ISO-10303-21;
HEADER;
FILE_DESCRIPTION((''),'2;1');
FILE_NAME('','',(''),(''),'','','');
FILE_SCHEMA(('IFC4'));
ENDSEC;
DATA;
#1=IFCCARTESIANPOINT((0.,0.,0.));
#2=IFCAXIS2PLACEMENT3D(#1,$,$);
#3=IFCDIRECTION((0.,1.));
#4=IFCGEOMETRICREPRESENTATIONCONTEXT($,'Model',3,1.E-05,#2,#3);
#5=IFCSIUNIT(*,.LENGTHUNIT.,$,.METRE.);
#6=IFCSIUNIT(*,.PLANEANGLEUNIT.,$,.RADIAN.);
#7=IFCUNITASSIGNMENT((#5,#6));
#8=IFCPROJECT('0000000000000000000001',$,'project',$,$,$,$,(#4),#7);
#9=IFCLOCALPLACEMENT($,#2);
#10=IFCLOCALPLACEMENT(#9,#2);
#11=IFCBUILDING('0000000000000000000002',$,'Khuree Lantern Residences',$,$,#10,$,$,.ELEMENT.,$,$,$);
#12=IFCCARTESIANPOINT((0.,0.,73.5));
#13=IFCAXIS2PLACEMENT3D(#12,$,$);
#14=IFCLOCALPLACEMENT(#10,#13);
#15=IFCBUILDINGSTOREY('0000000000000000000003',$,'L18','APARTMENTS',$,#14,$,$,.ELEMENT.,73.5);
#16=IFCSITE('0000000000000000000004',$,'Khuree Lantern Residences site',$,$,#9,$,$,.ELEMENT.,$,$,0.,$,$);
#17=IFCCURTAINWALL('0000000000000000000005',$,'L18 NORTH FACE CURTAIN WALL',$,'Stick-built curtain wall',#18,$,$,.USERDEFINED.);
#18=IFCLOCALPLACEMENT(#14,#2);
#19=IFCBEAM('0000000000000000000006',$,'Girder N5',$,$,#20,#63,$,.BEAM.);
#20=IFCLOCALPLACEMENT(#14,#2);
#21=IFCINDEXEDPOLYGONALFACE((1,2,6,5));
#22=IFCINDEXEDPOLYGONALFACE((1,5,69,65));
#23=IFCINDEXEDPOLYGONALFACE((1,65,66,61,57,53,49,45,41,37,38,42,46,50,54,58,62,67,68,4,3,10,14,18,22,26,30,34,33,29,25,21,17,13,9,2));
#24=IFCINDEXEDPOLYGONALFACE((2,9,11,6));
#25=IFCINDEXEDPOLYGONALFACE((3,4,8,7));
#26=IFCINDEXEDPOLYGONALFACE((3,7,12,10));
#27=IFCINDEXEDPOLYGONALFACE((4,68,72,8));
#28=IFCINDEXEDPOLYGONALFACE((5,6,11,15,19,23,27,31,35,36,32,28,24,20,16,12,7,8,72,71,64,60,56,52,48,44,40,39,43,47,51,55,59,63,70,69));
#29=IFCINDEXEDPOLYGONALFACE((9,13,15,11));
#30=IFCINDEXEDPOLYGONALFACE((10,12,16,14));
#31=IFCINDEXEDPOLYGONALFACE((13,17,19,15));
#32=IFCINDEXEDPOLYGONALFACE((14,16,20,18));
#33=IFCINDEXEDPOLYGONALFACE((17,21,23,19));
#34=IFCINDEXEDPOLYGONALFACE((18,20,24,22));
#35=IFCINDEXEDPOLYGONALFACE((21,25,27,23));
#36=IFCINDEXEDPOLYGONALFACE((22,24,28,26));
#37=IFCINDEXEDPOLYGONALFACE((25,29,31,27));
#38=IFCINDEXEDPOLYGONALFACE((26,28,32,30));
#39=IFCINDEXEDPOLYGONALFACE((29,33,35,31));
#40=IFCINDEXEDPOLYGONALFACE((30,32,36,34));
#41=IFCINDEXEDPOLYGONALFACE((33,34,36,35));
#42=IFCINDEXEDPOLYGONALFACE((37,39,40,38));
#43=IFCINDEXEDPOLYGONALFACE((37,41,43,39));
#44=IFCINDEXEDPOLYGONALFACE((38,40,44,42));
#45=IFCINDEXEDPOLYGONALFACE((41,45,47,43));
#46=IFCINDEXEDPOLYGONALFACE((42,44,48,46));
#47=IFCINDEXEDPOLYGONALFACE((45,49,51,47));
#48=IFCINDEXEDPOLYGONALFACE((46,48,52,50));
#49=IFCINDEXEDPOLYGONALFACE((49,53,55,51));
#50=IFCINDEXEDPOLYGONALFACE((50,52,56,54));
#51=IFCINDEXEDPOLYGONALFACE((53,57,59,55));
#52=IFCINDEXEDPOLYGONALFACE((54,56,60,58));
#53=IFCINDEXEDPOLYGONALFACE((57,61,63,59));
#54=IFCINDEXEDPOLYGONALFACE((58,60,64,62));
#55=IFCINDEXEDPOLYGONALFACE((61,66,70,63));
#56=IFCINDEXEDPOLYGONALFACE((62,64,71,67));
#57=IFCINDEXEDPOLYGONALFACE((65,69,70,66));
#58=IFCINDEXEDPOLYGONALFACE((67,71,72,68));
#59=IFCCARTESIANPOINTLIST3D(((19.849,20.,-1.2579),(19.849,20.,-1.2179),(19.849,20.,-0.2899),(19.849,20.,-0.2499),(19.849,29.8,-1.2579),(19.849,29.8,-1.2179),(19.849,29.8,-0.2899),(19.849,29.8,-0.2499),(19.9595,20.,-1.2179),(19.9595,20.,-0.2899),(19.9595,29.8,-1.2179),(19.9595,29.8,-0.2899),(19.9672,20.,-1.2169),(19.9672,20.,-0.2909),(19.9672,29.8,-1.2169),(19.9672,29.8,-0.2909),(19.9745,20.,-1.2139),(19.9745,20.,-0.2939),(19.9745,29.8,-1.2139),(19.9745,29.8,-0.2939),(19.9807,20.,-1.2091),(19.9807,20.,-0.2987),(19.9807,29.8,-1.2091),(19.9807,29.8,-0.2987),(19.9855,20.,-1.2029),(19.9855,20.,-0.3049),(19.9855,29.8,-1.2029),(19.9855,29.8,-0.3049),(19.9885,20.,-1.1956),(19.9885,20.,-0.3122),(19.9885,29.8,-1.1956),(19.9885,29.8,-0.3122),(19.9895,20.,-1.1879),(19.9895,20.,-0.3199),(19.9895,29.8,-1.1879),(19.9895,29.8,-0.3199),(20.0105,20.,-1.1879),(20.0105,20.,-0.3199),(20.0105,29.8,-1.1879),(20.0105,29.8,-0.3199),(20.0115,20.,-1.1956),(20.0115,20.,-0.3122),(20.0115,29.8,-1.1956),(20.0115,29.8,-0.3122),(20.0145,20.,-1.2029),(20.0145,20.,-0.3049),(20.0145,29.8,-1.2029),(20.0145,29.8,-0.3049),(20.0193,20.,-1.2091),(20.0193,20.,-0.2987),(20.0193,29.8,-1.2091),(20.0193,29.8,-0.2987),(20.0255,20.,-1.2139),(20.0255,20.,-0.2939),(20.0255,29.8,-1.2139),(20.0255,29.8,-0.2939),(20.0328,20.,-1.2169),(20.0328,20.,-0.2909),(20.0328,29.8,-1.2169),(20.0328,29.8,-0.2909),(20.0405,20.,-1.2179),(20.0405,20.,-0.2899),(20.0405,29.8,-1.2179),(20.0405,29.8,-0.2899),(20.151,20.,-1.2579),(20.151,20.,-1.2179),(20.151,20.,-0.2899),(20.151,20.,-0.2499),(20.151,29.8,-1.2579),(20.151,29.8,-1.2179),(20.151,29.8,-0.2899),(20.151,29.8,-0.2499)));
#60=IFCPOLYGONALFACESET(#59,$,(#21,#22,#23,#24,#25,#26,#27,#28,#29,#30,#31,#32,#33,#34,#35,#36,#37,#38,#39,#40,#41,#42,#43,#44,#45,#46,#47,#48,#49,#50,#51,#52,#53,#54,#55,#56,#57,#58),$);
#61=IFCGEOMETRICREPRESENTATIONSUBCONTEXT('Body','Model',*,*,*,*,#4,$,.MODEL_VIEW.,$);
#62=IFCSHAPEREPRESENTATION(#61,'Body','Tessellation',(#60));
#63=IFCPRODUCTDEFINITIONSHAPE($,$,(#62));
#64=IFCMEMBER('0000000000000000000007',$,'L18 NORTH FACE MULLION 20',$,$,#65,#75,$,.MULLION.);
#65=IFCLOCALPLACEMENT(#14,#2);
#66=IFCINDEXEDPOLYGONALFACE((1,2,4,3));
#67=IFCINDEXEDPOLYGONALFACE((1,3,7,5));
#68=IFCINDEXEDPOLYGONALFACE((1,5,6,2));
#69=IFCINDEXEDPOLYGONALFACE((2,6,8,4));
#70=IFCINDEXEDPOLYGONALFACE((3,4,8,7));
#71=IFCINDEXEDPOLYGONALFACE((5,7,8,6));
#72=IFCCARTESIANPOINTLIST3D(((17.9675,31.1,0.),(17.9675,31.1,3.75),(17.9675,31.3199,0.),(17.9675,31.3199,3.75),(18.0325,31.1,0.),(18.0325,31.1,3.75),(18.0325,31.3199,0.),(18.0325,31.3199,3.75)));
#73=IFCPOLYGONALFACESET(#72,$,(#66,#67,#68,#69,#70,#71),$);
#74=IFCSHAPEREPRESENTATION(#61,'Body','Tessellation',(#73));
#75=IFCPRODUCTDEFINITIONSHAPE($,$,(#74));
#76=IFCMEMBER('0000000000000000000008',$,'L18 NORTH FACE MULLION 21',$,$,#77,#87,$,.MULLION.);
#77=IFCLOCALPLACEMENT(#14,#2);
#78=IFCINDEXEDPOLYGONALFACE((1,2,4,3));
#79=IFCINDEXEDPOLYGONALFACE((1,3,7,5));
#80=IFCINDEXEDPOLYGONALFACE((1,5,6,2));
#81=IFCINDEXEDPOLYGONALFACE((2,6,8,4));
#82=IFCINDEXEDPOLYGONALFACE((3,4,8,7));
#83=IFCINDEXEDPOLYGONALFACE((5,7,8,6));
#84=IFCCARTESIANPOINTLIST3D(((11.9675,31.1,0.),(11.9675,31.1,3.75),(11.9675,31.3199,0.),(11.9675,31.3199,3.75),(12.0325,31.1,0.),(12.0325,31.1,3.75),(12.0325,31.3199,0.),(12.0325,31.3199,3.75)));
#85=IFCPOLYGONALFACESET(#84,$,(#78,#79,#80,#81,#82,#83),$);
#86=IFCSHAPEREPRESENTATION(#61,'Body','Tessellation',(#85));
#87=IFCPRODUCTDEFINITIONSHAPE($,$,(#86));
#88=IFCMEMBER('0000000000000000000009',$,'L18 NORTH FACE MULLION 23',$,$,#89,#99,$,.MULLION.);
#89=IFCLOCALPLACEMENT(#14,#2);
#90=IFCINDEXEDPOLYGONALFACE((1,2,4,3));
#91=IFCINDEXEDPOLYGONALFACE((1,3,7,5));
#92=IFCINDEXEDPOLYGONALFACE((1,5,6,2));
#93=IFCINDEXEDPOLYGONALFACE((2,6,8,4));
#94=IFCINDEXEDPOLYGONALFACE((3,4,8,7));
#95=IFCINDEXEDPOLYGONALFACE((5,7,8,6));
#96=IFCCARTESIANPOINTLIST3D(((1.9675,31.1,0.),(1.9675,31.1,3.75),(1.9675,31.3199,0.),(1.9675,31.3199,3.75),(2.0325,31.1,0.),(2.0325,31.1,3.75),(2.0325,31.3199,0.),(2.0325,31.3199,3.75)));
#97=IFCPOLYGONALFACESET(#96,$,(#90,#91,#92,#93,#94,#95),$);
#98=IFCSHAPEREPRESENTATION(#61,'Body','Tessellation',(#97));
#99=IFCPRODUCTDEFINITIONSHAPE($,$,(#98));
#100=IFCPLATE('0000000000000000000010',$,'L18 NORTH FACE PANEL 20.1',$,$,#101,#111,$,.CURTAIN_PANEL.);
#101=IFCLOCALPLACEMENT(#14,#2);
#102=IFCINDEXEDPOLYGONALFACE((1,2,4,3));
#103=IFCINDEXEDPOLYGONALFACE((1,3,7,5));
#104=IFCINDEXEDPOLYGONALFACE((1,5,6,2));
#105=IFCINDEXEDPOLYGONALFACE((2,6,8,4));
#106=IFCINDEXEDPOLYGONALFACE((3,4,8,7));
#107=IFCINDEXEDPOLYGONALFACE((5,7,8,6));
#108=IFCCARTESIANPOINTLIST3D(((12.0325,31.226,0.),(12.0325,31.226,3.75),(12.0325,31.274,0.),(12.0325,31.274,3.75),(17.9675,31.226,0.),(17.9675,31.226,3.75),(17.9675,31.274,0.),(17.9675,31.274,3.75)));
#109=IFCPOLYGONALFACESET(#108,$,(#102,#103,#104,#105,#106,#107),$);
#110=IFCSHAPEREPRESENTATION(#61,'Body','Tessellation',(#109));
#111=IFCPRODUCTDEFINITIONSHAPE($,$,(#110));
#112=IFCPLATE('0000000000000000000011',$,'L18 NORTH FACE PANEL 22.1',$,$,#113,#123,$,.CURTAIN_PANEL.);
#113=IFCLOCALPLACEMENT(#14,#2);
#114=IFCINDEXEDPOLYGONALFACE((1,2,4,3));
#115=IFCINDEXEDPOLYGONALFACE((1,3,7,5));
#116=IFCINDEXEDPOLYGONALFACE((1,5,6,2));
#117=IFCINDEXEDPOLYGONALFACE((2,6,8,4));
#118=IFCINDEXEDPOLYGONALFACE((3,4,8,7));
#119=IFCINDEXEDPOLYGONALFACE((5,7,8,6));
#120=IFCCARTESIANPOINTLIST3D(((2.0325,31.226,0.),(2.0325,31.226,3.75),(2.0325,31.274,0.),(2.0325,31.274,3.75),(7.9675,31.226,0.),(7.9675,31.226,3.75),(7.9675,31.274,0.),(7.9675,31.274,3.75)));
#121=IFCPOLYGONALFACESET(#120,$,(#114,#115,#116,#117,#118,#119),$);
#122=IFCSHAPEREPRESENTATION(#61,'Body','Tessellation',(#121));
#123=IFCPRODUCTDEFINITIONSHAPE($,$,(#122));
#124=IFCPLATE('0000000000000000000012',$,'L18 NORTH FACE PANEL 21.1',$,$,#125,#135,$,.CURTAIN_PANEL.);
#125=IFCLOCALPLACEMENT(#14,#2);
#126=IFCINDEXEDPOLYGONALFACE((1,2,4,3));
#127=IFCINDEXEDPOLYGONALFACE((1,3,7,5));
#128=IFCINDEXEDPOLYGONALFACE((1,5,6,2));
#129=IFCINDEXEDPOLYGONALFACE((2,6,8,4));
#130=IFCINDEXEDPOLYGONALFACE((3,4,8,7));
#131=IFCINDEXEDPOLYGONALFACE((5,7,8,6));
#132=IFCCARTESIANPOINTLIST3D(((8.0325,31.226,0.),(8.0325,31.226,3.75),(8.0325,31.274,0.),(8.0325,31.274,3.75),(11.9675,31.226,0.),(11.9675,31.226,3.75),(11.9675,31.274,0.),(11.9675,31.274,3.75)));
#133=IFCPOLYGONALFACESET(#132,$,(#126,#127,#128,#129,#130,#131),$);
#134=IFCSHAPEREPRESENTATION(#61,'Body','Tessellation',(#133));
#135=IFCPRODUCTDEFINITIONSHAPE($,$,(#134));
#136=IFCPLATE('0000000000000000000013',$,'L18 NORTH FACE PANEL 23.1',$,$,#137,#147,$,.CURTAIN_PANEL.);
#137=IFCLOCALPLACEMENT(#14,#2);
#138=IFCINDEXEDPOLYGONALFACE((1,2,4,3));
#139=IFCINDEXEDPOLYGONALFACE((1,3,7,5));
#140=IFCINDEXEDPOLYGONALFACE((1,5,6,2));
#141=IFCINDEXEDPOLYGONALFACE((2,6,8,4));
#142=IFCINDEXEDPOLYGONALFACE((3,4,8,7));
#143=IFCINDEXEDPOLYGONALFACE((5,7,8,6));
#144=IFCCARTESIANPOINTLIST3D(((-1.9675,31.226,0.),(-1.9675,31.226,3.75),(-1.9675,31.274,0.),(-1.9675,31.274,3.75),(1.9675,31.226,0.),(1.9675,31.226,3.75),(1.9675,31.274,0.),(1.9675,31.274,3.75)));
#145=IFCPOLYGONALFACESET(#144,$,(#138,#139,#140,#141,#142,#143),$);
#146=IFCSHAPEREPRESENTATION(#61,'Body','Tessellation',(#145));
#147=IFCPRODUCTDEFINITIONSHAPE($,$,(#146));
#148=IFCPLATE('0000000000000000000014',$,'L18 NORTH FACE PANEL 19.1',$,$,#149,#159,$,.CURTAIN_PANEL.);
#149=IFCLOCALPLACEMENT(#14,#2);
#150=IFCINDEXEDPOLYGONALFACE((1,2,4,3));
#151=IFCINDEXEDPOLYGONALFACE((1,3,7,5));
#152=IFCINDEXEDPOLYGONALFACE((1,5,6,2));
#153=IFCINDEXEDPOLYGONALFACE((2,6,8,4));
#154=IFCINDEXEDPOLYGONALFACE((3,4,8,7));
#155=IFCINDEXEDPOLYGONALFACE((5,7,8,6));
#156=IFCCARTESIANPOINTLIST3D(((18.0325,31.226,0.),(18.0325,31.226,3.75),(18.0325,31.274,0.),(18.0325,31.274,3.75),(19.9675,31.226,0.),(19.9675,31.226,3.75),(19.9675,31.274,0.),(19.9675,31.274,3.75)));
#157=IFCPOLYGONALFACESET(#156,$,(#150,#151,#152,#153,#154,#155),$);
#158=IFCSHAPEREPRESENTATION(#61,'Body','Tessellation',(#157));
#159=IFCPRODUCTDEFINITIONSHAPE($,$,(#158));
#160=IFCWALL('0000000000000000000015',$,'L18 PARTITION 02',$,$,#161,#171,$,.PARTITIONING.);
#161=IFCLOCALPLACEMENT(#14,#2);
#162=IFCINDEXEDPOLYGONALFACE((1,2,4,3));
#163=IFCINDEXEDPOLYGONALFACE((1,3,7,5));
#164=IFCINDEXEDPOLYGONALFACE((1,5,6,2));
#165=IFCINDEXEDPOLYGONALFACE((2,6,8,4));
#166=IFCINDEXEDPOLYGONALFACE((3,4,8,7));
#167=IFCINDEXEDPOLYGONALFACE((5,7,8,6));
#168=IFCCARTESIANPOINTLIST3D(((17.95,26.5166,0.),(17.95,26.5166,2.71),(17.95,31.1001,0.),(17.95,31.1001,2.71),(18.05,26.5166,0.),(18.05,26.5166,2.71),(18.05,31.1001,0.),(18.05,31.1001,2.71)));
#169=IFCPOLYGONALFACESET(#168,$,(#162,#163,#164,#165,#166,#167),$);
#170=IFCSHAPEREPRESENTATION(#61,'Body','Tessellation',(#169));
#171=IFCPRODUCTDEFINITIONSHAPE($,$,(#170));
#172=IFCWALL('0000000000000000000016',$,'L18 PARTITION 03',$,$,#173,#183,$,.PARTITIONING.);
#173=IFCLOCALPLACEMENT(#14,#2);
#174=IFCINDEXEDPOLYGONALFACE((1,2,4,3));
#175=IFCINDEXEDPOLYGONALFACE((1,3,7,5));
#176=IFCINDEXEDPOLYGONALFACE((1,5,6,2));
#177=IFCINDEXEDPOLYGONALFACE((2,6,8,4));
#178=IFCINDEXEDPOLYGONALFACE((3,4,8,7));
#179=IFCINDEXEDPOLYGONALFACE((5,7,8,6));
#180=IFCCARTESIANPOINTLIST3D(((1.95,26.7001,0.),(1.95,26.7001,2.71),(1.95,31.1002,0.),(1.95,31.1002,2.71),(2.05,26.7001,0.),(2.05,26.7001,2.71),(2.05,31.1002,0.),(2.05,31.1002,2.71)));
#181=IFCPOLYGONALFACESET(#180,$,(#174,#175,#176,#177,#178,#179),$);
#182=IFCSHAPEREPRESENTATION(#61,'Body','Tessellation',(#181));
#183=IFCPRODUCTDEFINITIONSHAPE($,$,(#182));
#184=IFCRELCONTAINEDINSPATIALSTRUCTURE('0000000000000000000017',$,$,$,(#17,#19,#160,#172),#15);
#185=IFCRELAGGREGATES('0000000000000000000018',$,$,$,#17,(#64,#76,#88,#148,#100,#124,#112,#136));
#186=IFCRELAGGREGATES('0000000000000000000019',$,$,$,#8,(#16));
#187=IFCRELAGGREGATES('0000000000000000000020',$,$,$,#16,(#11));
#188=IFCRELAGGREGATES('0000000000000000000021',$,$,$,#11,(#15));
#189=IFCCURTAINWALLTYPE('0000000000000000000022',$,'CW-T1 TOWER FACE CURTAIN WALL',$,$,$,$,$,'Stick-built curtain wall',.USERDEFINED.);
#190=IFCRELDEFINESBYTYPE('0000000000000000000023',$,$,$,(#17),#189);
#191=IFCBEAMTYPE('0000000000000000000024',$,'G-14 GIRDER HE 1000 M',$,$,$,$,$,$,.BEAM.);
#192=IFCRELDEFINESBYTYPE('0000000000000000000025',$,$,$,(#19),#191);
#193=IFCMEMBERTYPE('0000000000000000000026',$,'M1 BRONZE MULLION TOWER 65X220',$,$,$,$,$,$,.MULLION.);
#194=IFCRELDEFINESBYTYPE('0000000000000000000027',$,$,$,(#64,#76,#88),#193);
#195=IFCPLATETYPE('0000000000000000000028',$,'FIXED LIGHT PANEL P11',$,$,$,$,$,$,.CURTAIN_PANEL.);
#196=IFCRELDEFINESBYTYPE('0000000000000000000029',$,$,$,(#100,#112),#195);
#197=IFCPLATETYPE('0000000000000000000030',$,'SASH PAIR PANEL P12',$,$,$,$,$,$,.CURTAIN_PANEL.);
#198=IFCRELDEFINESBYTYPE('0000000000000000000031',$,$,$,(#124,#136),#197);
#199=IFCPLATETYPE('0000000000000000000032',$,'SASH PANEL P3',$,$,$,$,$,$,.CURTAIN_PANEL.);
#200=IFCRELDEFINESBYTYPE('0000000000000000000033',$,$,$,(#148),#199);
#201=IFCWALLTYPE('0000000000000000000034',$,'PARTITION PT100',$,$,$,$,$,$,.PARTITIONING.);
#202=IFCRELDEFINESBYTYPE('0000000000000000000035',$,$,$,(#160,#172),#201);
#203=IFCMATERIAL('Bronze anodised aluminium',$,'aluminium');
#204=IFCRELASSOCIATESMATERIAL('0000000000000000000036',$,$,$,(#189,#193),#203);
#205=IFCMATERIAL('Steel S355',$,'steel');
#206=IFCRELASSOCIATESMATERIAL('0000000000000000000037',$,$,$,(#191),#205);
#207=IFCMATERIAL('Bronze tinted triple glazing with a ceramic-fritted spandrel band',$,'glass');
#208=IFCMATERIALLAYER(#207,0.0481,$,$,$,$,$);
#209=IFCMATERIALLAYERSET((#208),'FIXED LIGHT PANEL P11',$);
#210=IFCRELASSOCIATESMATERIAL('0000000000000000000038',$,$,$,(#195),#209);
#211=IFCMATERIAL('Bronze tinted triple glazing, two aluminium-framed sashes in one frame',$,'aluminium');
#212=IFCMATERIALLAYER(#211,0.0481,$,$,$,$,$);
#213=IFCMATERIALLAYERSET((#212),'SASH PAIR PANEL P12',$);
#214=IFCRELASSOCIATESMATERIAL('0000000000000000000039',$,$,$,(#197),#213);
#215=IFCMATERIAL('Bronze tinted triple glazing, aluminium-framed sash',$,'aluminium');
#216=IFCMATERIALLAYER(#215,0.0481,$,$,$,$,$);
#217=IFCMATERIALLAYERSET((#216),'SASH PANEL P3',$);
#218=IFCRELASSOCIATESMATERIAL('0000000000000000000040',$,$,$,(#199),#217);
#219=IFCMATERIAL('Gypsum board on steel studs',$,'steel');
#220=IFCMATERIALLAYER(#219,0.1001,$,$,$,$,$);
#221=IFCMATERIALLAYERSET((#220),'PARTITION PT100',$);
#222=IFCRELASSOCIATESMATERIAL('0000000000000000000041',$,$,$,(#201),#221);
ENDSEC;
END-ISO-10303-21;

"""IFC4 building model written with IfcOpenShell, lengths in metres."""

from ifc_helpers import new_model, si_unit, direction, frame, frame_2d, origin, origin_2d, place, context, subcontext, project, spatial, rectangle, i_section, extrude, material, layer, layer_set, material_profile, profile_set, type_object, element, aggregate, save


model = new_model("IFC4")

# Units and contexts
model_context = context("Model", 3, precision=1e-05, world=origin(), true_north=direction((0.0, 1.0)))
body_context = subcontext(model_context, "Body", "Model", "MODEL_VIEW")
ifc_project = project(units=[si_unit("LENGTHUNIT", "METRE"), si_unit("PLANEANGLEUNIT", "RADIAN")], contexts=[model_context])

# Site, building, storey
site_placement = place(None, origin())
site = spatial("IfcSite", under=ifc_project, at=site_placement, Name="Khuree Lantern Residences site", CompositionType="ELEMENT", RefElevation=0.0)
building_placement = place(site_placement, origin())
building = spatial("IfcBuilding", under=site, at=building_placement, Name="Khuree Lantern Residences", CompositionType="ELEMENT")
storey_placement = place(building_placement, frame((0.0, 0.0, 73.5)))
storey = spatial("IfcBuildingStorey", under=building, at=storey_placement, Name="L18", Description="APARTMENTS", CompositionType="ELEMENT", Elevation=73.5)

# Shared definitions
ifc_material_1 = material(Name="Steel S355", Category="steel")

# Curtain wall
ifc_material_2 = material(Name="Bronze anodised aluminium", Category="aluminium")
curtain_wall_type = type_object("IfcCurtainWallType", Name="CW-T1 TOWER FACE CURTAIN WALL", ElementType="Stick-built curtain wall", PredefinedType="USERDEFINED", material=ifc_material_2)
curtain_wall_placement = place(storey_placement, origin())
curtain_wall = element("IfcCurtainWall", 1, at=curtain_wall_placement, inside=storey, type_object=curtain_wall_type, Name="L18 NORTH FACE CURTAIN WALL", ObjectType="Stick-built curtain wall", PredefinedType="USERDEFINED")

# Beam
ifc_material_profile_1 = material_profile(ifc_material_1, i_section(OverallWidth=0.302, OverallDepth=1.0081, WebThickness=0.021, FlangeThickness=0.04, FilletRadius=0.03, at=origin_2d()), Name="HE 1000 M")
ifc_profile_set_1 = profile_set([ifc_material_profile_1], Name="Steel S355")
beam_type_1 = type_object("IfcBeamType", Name="G-14 GIRDER HE 1000 M", PredefinedType="BEAM", material=ifc_profile_set_1)
beam_placement = place(storey_placement, frame((20.0, 29.8, -0.7539), z_axis=(0.0, -1.0, 0.0), x_axis=(1.0, 0.0, 0.0)))
element("IfcBeam", 2, at=beam_placement, inside=storey, type_object=beam_type_1, Name="Girder N5", PredefinedType="BEAM", context=body_context, shape_type="SweptSolid", body=[
    extrude(i_section(OverallWidth=0.302, OverallDepth=1.0081, WebThickness=0.021, FlangeThickness=0.04, FilletRadius=0.03, at=origin_2d()), origin(), (0.0, 0.0, 1.0), 9.8),
])

# Members
ifc_material_profile_2 = material_profile(ifc_material_2, rectangle(XDim=0.0649, YDim=0.22, at=origin_2d()), Name="M1 65X220")
ifc_profile_set_2 = profile_set([ifc_material_profile_2], Name="Bronze anodised aluminium")
member_type_1 = type_object("IfcMemberType", Name="M1 BRONZE MULLION TOWER 65X220", PredefinedType="MULLION", material=ifc_profile_set_2)
member_1_placement = place(storey_placement, frame((18.0, 31.21, 0.0), z_axis=(0.0, 0.0, 1.0), x_axis=(-1.0, 0.0, 0.0)))
member_1 = element("IfcMember", 3, at=member_1_placement, type_object=member_type_1, Name="L18 NORTH FACE MULLION 20", PredefinedType="MULLION", context=body_context, shape_type="SweptSolid", body=[
    extrude(rectangle(XDim=0.0649, YDim=0.22, at=origin_2d()), origin(), (0.0, 0.0, 1.0), 3.75),
])
member_2_placement = place(storey_placement, frame((12.0, 31.21, 0.0), z_axis=(0.0, 0.0, 1.0), x_axis=(-1.0, 0.0, 0.0)))
member_2 = element("IfcMember", 4, at=member_2_placement, type_object=member_type_1, Name="L18 NORTH FACE MULLION 21", PredefinedType="MULLION", context=body_context, shape_type="SweptSolid", body=[
    extrude(rectangle(XDim=0.0649, YDim=0.22, at=origin_2d()), origin(), (0.0, 0.0, 1.0), 3.75),
])
member_3_placement = place(storey_placement, frame((2.0, 31.21, 0.0), z_axis=(0.0, 0.0, 1.0), x_axis=(-1.0, 0.0, 0.0)))
member_3 = element("IfcMember", 5, at=member_3_placement, type_object=member_type_1, Name="L18 NORTH FACE MULLION 23", PredefinedType="MULLION", context=body_context, shape_type="SweptSolid", body=[
    extrude(rectangle(XDim=0.0649, YDim=0.22, at=origin_2d()), origin(), (0.0, 0.0, 1.0), 3.75),
])

# Plates
ifc_material_3 = material(Name="Bronze tinted triple glazing with a ceramic-fritted spandrel band", Category="glass")
ifc_layer_1 = layer(ifc_material_3, 0.0481)
ifc_layer_set_1 = layer_set([ifc_layer_1], Name="FIXED LIGHT PANEL P11")
plate_type_1 = type_object("IfcPlateType", Name="FIXED LIGHT PANEL P11", PredefinedType="CURTAIN_PANEL", material=ifc_layer_set_1)
plate_1_placement = place(storey_placement, frame((15.0, 31.25, 0.0), z_axis=(0.0, 0.0, 1.0), x_axis=(-1.0, 0.0, 0.0)))
plate_1 = element("IfcPlate", 6, at=plate_1_placement, type_object=plate_type_1, Name="L18 NORTH FACE PANEL 20.1", PredefinedType="CURTAIN_PANEL", context=body_context, shape_type="SweptSolid", body=[
    extrude(rectangle(XDim=5.9351, YDim=0.0481, at=origin_2d()), origin(), (0.0, 0.0, 1.0), 3.75),
])
plate_2_placement = place(storey_placement, frame((5.0, 31.25, 0.0), z_axis=(0.0, 0.0, 1.0), x_axis=(-1.0, 0.0, 0.0)))
plate_2 = element("IfcPlate", 7, at=plate_2_placement, type_object=plate_type_1, Name="L18 NORTH FACE PANEL 22.1", PredefinedType="CURTAIN_PANEL", context=body_context, shape_type="SweptSolid", body=[
    extrude(rectangle(XDim=5.9351, YDim=0.0481, at=origin_2d()), origin(), (0.0, 0.0, 1.0), 3.75),
])
ifc_material_4 = material(Name="Bronze tinted triple glazing, two aluminium-framed sashes in one frame", Category="aluminium")
ifc_layer_2 = layer(ifc_material_4, 0.0481)
ifc_layer_set_2 = layer_set([ifc_layer_2], Name="SASH PAIR PANEL P12")
plate_type_2 = type_object("IfcPlateType", Name="SASH PAIR PANEL P12", PredefinedType="CURTAIN_PANEL", material=ifc_layer_set_2)
plate_3_placement = place(storey_placement, frame((10.0, 31.25, 0.0), z_axis=(0.0, 0.0, 1.0), x_axis=(-1.0, 0.0, 0.0)))
plate_3 = element("IfcPlate", 8, at=plate_3_placement, type_object=plate_type_2, Name="L18 NORTH FACE PANEL 21.1", PredefinedType="CURTAIN_PANEL", context=body_context, shape_type="SweptSolid", body=[
    extrude(rectangle(XDim=3.9351, YDim=0.0481, at=origin_2d()), origin(), (0.0, 0.0, 1.0), 3.75),
])
plate_4_placement = place(storey_placement, frame((0.0, 31.25, 0.0), z_axis=(0.0, 0.0, 1.0), x_axis=(-1.0, 0.0, 0.0)))
plate_4 = element("IfcPlate", 9, at=plate_4_placement, type_object=plate_type_2, Name="L18 NORTH FACE PANEL 23.1", PredefinedType="CURTAIN_PANEL", context=body_context, shape_type="SweptSolid", body=[
    extrude(rectangle(XDim=3.9351, YDim=0.0481, at=origin_2d()), origin(), (0.0, 0.0, 1.0), 3.75),
])
ifc_material_5 = material(Name="Bronze tinted triple glazing, aluminium-framed sash", Category="aluminium")
ifc_layer_3 = layer(ifc_material_5, 0.0481)
ifc_layer_set_3 = layer_set([ifc_layer_3], Name="SASH PANEL P3")
plate_type_3 = type_object("IfcPlateType", Name="SASH PANEL P3", PredefinedType="CURTAIN_PANEL", material=ifc_layer_set_3)
plate_5_placement = place(storey_placement, frame((19.0, 31.25, 0.0), z_axis=(0.0, 0.0, 1.0), x_axis=(-1.0, 0.0, 0.0)))
plate_5 = element("IfcPlate", 10, at=plate_5_placement, type_object=plate_type_3, Name="L18 NORTH FACE PANEL 19.1", PredefinedType="CURTAIN_PANEL", context=body_context, shape_type="SweptSolid", body=[
    extrude(rectangle(XDim=1.9351, YDim=0.0481, at=origin_2d()), origin(), (0.0, 0.0, 1.0), 3.75),
])
aggregate(curtain_wall, [member_1, member_2, member_3, plate_5, plate_1, plate_3, plate_2, plate_4])

# Walls
ifc_material_6 = material(Name="Gypsum board on steel studs", Category="steel")
ifc_layer_4 = layer(ifc_material_6, 0.1001)
ifc_layer_set_4 = layer_set([ifc_layer_4], Name="PARTITION PT100")
wall_type = type_object("IfcWallType", Name="PARTITION PT100", PredefinedType="PARTITIONING", material=ifc_layer_set_4)
wall_1_placement = place(storey_placement, frame((18.0, 26.5166, 0.0), z_axis=(0.0, 0.0, 1.0), x_axis=(0.0, 1.0, 0.0)))
element("IfcWall", 11, at=wall_1_placement, inside=storey, type_object=wall_type, Name="L18 PARTITION 02", PredefinedType="PARTITIONING", context=body_context, shape_type="SweptSolid", body=[
    extrude(rectangle(XDim=4.5835, YDim=0.1001, at=frame_2d((2.2917, 0.0))), origin(), (0.0, 0.0, 1.0), 2.71),
])
wall_2_placement = place(storey_placement, frame((2.0, 26.7, 0.0), z_axis=(0.0, 0.0, 1.0), x_axis=(0.0, 1.0, 0.0)))
element("IfcWall", 12, at=wall_2_placement, inside=storey, type_object=wall_type, Name="L18 PARTITION 03", PredefinedType="PARTITIONING", context=body_context, shape_type="SweptSolid", body=[
    extrude(rectangle(XDim=4.4001, YDim=0.1001, at=frame_2d((2.2002, 0.0))), origin(), (0.0, 0.0, 1.0), 2.71),
])

save(model, "model.ifc")
